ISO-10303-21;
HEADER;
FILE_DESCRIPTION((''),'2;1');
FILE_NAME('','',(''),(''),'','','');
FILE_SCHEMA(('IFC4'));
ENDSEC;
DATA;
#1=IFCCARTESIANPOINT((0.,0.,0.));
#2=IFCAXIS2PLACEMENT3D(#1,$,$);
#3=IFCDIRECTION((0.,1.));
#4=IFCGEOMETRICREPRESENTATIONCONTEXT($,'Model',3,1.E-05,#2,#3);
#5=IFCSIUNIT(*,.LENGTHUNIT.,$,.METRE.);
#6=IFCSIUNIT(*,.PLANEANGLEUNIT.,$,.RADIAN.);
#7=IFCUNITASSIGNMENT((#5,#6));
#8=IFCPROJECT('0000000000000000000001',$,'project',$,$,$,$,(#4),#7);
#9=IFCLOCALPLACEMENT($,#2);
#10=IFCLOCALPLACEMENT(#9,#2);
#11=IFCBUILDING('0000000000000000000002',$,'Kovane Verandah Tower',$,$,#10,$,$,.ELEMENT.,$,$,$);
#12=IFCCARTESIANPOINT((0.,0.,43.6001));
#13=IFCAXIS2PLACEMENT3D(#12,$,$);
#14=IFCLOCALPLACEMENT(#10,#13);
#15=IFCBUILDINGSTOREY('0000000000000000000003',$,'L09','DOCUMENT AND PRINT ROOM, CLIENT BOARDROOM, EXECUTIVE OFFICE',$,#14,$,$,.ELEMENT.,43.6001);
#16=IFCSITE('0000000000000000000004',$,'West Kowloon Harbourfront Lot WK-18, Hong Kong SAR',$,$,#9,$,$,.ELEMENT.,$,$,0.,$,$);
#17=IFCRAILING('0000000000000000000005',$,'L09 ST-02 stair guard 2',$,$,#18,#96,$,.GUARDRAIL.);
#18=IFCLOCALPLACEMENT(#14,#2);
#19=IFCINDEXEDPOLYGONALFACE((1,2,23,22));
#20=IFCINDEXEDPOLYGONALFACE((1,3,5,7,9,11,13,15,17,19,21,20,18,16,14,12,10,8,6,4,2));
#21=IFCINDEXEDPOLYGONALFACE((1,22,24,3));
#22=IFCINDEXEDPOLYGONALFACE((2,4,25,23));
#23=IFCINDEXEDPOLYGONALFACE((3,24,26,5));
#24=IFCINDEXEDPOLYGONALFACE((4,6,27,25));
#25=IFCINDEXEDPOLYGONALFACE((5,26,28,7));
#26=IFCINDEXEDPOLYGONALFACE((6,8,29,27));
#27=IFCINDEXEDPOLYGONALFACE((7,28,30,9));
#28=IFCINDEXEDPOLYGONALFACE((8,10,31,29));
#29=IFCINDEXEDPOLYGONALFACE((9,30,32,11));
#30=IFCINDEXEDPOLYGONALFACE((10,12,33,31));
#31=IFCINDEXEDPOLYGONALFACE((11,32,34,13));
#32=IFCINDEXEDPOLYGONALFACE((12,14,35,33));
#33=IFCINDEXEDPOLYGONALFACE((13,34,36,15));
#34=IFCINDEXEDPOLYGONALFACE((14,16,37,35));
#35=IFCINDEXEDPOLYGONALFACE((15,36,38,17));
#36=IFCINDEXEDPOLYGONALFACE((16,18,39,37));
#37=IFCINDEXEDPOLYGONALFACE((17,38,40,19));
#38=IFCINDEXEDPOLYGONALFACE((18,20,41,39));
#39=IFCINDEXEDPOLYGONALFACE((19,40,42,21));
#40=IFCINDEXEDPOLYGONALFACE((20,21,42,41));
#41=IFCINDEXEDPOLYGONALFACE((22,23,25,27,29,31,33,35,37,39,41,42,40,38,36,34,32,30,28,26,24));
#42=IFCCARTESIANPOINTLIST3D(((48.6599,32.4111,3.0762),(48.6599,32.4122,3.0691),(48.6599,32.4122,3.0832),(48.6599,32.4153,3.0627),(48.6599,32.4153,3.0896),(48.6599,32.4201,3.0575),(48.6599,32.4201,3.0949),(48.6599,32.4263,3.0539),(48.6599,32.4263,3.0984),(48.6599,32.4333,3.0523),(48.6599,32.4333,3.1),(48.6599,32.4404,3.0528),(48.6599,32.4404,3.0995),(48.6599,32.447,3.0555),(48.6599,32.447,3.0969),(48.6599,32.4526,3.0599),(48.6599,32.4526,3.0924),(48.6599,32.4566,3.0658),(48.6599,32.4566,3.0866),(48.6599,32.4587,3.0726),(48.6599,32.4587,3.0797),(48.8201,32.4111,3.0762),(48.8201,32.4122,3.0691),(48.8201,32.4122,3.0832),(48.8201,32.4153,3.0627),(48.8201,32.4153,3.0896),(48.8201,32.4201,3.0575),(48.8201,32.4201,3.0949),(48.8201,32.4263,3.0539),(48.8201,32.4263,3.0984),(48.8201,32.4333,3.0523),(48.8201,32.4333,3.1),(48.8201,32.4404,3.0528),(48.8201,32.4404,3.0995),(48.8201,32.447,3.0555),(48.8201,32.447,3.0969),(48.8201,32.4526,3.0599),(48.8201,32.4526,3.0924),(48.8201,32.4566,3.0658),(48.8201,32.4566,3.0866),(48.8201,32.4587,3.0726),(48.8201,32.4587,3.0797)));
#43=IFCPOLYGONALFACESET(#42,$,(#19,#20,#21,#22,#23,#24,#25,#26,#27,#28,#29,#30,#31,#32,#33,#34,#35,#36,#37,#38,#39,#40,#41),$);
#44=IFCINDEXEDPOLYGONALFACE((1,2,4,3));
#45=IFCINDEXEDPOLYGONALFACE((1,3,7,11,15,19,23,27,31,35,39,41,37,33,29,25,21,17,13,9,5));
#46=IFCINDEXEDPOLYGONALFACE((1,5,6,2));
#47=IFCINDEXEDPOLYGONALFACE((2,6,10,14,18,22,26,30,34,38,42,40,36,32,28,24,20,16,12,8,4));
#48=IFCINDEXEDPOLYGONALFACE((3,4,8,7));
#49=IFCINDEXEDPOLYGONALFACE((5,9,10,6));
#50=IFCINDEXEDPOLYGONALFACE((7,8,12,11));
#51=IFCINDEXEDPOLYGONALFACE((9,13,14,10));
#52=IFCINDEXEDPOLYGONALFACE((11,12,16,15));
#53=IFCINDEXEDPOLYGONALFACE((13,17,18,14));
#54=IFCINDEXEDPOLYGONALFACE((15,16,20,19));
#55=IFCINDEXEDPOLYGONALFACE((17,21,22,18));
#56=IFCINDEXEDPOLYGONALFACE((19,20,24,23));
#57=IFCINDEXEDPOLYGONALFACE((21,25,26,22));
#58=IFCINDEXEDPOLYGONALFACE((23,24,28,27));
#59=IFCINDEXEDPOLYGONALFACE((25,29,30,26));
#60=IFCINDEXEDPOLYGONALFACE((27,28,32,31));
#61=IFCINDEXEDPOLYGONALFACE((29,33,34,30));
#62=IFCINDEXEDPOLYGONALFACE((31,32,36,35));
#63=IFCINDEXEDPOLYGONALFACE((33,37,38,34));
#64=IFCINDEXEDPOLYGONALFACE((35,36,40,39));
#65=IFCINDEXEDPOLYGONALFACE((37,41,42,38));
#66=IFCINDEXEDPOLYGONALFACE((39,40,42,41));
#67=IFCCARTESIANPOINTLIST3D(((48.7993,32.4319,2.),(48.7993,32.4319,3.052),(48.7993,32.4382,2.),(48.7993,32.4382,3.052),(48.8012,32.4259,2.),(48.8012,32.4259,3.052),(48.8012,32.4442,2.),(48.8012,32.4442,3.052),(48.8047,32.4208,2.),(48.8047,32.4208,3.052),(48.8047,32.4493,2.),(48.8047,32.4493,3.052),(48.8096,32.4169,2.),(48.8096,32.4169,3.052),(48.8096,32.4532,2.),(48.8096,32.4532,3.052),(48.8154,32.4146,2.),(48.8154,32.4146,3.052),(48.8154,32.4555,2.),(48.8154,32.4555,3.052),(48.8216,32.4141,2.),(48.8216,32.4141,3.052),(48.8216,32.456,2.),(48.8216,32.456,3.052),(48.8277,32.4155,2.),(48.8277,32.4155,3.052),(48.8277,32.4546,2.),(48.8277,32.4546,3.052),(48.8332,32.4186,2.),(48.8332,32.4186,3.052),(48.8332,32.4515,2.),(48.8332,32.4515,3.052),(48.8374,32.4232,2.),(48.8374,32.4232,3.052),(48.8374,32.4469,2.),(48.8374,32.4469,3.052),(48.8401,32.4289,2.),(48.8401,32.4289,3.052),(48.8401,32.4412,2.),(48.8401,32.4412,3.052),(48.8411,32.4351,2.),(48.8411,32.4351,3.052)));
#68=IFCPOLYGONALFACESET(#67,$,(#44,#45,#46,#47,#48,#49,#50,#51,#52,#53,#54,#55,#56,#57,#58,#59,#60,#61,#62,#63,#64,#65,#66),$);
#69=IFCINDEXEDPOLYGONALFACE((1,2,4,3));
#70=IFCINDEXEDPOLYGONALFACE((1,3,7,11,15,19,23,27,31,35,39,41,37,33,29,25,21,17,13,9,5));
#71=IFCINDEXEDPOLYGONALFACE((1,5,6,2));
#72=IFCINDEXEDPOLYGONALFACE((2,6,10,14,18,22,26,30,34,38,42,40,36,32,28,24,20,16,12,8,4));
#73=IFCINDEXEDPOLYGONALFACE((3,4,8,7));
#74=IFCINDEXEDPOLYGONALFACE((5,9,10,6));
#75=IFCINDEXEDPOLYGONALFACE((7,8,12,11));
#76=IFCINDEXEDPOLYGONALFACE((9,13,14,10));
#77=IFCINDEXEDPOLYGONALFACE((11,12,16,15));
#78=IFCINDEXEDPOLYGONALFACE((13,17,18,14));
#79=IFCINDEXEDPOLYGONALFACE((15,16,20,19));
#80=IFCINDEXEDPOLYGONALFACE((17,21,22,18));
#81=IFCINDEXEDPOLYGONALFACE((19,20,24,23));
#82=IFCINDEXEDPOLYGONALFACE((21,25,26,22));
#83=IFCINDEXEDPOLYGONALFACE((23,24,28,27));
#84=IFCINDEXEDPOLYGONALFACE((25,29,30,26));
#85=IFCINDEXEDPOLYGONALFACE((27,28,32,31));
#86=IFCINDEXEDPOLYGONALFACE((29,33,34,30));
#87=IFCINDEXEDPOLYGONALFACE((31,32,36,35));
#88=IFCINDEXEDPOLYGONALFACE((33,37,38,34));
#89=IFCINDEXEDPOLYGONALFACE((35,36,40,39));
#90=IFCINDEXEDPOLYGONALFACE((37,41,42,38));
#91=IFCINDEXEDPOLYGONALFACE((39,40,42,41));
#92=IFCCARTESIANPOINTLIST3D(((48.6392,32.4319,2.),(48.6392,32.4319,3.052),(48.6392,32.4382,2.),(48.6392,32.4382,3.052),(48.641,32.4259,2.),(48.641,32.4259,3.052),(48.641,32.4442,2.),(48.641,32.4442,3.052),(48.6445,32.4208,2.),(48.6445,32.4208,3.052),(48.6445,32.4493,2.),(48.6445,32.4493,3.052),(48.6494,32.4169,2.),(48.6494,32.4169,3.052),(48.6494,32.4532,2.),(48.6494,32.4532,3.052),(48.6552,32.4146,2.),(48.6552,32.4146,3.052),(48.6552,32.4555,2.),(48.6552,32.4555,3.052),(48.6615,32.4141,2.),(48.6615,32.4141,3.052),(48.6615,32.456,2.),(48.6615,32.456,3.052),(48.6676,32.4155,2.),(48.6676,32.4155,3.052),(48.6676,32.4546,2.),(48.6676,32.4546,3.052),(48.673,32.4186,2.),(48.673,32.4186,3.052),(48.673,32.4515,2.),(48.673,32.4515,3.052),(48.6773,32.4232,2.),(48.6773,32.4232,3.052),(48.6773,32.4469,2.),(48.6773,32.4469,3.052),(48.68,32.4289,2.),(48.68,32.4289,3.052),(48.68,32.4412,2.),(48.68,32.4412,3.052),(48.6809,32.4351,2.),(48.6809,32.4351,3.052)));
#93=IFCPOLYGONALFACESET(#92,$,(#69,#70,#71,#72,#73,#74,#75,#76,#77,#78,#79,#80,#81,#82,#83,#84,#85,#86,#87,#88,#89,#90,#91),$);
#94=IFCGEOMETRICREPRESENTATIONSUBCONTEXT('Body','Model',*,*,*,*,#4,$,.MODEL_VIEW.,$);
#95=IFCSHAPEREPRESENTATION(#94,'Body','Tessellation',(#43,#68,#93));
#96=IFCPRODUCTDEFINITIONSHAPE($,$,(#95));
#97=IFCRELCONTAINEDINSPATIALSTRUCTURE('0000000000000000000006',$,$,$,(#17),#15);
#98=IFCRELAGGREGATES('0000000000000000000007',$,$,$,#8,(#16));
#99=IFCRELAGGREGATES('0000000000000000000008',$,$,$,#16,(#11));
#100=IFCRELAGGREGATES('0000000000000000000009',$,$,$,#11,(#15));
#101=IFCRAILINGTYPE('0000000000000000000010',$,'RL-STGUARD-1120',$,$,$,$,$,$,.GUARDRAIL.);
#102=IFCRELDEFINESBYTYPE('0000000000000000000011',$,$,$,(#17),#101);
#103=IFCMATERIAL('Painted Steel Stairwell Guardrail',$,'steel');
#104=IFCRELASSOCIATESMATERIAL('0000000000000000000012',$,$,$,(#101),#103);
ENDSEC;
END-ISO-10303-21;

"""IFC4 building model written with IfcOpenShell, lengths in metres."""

from ifc_helpers import new_model, si_unit, direction, frame, origin, origin_2d, place, context, subcontext, project, spatial, circle, extrude, material, type_object, element, save


model = new_model("IFC4")

# Units and contexts
model_context = context("Model", 3, precision=1e-05, world=origin(), true_north=direction((0.0, 1.0)))
body_context = subcontext(model_context, "Body", "Model", "MODEL_VIEW")
ifc_project = project(units=[si_unit("LENGTHUNIT", "METRE"), si_unit("PLANEANGLEUNIT", "RADIAN")], contexts=[model_context])

# Site, building, storey
site_placement = place(None, origin())
site = spatial("IfcSite", under=ifc_project, at=site_placement, Name="West Kowloon Harbourfront Lot WK-18, Hong Kong SAR", CompositionType="ELEMENT", RefElevation=0.0)
building_placement = place(site_placement, origin())
building = spatial("IfcBuilding", under=site, at=building_placement, Name="Kovane Verandah Tower", CompositionType="ELEMENT")
storey_placement = place(building_placement, frame((0.0, 0.0, 43.6001)))
storey = spatial("IfcBuildingStorey", under=building, at=storey_placement, Name="L09", Description="DOCUMENT AND PRINT ROOM, CLIENT BOARDROOM, EXECUTIVE OFFICE", CompositionType="ELEMENT", Elevation=43.6001)

# Railing
ifc_material_1 = material(Name="Painted Steel Stairwell Guardrail", Category="steel")
railing_type_1 = type_object("IfcRailingType", Name="RL-STGUARD-1120", PredefinedType="GUARDRAIL", material=ifc_material_1)
railing_1_placement = place(storey_placement, frame((48.8201, 32.4351, 2.0)))
element("IfcRailing", 1, at=railing_1_placement, inside=storey, type_object=railing_type_1, Name="L09 ST-02 stair guard 2", PredefinedType="GUARDRAIL", context=body_context, shape_type="SweptSolid", body=[
    extrude(circle(Radius=0.0239, at=origin_2d()), frame((0.0, 0.0, 1.0762), z_axis=(-1.0, 0.0, 0.0), x_axis=(0.0, -1.0, 0.0)), (0.0, 0.0, 1.0), 0.1602),
    extrude(circle(Radius=0.021, at=origin_2d()), origin(), (0.0, 0.0, 1.0), 1.052),
    extrude(circle(Radius=0.021, at=origin_2d()), frame((-0.1602, 0.0, 0.0)), (0.0, 0.0, 1.0), 1.052),
])

save(model, "model.ifc")
